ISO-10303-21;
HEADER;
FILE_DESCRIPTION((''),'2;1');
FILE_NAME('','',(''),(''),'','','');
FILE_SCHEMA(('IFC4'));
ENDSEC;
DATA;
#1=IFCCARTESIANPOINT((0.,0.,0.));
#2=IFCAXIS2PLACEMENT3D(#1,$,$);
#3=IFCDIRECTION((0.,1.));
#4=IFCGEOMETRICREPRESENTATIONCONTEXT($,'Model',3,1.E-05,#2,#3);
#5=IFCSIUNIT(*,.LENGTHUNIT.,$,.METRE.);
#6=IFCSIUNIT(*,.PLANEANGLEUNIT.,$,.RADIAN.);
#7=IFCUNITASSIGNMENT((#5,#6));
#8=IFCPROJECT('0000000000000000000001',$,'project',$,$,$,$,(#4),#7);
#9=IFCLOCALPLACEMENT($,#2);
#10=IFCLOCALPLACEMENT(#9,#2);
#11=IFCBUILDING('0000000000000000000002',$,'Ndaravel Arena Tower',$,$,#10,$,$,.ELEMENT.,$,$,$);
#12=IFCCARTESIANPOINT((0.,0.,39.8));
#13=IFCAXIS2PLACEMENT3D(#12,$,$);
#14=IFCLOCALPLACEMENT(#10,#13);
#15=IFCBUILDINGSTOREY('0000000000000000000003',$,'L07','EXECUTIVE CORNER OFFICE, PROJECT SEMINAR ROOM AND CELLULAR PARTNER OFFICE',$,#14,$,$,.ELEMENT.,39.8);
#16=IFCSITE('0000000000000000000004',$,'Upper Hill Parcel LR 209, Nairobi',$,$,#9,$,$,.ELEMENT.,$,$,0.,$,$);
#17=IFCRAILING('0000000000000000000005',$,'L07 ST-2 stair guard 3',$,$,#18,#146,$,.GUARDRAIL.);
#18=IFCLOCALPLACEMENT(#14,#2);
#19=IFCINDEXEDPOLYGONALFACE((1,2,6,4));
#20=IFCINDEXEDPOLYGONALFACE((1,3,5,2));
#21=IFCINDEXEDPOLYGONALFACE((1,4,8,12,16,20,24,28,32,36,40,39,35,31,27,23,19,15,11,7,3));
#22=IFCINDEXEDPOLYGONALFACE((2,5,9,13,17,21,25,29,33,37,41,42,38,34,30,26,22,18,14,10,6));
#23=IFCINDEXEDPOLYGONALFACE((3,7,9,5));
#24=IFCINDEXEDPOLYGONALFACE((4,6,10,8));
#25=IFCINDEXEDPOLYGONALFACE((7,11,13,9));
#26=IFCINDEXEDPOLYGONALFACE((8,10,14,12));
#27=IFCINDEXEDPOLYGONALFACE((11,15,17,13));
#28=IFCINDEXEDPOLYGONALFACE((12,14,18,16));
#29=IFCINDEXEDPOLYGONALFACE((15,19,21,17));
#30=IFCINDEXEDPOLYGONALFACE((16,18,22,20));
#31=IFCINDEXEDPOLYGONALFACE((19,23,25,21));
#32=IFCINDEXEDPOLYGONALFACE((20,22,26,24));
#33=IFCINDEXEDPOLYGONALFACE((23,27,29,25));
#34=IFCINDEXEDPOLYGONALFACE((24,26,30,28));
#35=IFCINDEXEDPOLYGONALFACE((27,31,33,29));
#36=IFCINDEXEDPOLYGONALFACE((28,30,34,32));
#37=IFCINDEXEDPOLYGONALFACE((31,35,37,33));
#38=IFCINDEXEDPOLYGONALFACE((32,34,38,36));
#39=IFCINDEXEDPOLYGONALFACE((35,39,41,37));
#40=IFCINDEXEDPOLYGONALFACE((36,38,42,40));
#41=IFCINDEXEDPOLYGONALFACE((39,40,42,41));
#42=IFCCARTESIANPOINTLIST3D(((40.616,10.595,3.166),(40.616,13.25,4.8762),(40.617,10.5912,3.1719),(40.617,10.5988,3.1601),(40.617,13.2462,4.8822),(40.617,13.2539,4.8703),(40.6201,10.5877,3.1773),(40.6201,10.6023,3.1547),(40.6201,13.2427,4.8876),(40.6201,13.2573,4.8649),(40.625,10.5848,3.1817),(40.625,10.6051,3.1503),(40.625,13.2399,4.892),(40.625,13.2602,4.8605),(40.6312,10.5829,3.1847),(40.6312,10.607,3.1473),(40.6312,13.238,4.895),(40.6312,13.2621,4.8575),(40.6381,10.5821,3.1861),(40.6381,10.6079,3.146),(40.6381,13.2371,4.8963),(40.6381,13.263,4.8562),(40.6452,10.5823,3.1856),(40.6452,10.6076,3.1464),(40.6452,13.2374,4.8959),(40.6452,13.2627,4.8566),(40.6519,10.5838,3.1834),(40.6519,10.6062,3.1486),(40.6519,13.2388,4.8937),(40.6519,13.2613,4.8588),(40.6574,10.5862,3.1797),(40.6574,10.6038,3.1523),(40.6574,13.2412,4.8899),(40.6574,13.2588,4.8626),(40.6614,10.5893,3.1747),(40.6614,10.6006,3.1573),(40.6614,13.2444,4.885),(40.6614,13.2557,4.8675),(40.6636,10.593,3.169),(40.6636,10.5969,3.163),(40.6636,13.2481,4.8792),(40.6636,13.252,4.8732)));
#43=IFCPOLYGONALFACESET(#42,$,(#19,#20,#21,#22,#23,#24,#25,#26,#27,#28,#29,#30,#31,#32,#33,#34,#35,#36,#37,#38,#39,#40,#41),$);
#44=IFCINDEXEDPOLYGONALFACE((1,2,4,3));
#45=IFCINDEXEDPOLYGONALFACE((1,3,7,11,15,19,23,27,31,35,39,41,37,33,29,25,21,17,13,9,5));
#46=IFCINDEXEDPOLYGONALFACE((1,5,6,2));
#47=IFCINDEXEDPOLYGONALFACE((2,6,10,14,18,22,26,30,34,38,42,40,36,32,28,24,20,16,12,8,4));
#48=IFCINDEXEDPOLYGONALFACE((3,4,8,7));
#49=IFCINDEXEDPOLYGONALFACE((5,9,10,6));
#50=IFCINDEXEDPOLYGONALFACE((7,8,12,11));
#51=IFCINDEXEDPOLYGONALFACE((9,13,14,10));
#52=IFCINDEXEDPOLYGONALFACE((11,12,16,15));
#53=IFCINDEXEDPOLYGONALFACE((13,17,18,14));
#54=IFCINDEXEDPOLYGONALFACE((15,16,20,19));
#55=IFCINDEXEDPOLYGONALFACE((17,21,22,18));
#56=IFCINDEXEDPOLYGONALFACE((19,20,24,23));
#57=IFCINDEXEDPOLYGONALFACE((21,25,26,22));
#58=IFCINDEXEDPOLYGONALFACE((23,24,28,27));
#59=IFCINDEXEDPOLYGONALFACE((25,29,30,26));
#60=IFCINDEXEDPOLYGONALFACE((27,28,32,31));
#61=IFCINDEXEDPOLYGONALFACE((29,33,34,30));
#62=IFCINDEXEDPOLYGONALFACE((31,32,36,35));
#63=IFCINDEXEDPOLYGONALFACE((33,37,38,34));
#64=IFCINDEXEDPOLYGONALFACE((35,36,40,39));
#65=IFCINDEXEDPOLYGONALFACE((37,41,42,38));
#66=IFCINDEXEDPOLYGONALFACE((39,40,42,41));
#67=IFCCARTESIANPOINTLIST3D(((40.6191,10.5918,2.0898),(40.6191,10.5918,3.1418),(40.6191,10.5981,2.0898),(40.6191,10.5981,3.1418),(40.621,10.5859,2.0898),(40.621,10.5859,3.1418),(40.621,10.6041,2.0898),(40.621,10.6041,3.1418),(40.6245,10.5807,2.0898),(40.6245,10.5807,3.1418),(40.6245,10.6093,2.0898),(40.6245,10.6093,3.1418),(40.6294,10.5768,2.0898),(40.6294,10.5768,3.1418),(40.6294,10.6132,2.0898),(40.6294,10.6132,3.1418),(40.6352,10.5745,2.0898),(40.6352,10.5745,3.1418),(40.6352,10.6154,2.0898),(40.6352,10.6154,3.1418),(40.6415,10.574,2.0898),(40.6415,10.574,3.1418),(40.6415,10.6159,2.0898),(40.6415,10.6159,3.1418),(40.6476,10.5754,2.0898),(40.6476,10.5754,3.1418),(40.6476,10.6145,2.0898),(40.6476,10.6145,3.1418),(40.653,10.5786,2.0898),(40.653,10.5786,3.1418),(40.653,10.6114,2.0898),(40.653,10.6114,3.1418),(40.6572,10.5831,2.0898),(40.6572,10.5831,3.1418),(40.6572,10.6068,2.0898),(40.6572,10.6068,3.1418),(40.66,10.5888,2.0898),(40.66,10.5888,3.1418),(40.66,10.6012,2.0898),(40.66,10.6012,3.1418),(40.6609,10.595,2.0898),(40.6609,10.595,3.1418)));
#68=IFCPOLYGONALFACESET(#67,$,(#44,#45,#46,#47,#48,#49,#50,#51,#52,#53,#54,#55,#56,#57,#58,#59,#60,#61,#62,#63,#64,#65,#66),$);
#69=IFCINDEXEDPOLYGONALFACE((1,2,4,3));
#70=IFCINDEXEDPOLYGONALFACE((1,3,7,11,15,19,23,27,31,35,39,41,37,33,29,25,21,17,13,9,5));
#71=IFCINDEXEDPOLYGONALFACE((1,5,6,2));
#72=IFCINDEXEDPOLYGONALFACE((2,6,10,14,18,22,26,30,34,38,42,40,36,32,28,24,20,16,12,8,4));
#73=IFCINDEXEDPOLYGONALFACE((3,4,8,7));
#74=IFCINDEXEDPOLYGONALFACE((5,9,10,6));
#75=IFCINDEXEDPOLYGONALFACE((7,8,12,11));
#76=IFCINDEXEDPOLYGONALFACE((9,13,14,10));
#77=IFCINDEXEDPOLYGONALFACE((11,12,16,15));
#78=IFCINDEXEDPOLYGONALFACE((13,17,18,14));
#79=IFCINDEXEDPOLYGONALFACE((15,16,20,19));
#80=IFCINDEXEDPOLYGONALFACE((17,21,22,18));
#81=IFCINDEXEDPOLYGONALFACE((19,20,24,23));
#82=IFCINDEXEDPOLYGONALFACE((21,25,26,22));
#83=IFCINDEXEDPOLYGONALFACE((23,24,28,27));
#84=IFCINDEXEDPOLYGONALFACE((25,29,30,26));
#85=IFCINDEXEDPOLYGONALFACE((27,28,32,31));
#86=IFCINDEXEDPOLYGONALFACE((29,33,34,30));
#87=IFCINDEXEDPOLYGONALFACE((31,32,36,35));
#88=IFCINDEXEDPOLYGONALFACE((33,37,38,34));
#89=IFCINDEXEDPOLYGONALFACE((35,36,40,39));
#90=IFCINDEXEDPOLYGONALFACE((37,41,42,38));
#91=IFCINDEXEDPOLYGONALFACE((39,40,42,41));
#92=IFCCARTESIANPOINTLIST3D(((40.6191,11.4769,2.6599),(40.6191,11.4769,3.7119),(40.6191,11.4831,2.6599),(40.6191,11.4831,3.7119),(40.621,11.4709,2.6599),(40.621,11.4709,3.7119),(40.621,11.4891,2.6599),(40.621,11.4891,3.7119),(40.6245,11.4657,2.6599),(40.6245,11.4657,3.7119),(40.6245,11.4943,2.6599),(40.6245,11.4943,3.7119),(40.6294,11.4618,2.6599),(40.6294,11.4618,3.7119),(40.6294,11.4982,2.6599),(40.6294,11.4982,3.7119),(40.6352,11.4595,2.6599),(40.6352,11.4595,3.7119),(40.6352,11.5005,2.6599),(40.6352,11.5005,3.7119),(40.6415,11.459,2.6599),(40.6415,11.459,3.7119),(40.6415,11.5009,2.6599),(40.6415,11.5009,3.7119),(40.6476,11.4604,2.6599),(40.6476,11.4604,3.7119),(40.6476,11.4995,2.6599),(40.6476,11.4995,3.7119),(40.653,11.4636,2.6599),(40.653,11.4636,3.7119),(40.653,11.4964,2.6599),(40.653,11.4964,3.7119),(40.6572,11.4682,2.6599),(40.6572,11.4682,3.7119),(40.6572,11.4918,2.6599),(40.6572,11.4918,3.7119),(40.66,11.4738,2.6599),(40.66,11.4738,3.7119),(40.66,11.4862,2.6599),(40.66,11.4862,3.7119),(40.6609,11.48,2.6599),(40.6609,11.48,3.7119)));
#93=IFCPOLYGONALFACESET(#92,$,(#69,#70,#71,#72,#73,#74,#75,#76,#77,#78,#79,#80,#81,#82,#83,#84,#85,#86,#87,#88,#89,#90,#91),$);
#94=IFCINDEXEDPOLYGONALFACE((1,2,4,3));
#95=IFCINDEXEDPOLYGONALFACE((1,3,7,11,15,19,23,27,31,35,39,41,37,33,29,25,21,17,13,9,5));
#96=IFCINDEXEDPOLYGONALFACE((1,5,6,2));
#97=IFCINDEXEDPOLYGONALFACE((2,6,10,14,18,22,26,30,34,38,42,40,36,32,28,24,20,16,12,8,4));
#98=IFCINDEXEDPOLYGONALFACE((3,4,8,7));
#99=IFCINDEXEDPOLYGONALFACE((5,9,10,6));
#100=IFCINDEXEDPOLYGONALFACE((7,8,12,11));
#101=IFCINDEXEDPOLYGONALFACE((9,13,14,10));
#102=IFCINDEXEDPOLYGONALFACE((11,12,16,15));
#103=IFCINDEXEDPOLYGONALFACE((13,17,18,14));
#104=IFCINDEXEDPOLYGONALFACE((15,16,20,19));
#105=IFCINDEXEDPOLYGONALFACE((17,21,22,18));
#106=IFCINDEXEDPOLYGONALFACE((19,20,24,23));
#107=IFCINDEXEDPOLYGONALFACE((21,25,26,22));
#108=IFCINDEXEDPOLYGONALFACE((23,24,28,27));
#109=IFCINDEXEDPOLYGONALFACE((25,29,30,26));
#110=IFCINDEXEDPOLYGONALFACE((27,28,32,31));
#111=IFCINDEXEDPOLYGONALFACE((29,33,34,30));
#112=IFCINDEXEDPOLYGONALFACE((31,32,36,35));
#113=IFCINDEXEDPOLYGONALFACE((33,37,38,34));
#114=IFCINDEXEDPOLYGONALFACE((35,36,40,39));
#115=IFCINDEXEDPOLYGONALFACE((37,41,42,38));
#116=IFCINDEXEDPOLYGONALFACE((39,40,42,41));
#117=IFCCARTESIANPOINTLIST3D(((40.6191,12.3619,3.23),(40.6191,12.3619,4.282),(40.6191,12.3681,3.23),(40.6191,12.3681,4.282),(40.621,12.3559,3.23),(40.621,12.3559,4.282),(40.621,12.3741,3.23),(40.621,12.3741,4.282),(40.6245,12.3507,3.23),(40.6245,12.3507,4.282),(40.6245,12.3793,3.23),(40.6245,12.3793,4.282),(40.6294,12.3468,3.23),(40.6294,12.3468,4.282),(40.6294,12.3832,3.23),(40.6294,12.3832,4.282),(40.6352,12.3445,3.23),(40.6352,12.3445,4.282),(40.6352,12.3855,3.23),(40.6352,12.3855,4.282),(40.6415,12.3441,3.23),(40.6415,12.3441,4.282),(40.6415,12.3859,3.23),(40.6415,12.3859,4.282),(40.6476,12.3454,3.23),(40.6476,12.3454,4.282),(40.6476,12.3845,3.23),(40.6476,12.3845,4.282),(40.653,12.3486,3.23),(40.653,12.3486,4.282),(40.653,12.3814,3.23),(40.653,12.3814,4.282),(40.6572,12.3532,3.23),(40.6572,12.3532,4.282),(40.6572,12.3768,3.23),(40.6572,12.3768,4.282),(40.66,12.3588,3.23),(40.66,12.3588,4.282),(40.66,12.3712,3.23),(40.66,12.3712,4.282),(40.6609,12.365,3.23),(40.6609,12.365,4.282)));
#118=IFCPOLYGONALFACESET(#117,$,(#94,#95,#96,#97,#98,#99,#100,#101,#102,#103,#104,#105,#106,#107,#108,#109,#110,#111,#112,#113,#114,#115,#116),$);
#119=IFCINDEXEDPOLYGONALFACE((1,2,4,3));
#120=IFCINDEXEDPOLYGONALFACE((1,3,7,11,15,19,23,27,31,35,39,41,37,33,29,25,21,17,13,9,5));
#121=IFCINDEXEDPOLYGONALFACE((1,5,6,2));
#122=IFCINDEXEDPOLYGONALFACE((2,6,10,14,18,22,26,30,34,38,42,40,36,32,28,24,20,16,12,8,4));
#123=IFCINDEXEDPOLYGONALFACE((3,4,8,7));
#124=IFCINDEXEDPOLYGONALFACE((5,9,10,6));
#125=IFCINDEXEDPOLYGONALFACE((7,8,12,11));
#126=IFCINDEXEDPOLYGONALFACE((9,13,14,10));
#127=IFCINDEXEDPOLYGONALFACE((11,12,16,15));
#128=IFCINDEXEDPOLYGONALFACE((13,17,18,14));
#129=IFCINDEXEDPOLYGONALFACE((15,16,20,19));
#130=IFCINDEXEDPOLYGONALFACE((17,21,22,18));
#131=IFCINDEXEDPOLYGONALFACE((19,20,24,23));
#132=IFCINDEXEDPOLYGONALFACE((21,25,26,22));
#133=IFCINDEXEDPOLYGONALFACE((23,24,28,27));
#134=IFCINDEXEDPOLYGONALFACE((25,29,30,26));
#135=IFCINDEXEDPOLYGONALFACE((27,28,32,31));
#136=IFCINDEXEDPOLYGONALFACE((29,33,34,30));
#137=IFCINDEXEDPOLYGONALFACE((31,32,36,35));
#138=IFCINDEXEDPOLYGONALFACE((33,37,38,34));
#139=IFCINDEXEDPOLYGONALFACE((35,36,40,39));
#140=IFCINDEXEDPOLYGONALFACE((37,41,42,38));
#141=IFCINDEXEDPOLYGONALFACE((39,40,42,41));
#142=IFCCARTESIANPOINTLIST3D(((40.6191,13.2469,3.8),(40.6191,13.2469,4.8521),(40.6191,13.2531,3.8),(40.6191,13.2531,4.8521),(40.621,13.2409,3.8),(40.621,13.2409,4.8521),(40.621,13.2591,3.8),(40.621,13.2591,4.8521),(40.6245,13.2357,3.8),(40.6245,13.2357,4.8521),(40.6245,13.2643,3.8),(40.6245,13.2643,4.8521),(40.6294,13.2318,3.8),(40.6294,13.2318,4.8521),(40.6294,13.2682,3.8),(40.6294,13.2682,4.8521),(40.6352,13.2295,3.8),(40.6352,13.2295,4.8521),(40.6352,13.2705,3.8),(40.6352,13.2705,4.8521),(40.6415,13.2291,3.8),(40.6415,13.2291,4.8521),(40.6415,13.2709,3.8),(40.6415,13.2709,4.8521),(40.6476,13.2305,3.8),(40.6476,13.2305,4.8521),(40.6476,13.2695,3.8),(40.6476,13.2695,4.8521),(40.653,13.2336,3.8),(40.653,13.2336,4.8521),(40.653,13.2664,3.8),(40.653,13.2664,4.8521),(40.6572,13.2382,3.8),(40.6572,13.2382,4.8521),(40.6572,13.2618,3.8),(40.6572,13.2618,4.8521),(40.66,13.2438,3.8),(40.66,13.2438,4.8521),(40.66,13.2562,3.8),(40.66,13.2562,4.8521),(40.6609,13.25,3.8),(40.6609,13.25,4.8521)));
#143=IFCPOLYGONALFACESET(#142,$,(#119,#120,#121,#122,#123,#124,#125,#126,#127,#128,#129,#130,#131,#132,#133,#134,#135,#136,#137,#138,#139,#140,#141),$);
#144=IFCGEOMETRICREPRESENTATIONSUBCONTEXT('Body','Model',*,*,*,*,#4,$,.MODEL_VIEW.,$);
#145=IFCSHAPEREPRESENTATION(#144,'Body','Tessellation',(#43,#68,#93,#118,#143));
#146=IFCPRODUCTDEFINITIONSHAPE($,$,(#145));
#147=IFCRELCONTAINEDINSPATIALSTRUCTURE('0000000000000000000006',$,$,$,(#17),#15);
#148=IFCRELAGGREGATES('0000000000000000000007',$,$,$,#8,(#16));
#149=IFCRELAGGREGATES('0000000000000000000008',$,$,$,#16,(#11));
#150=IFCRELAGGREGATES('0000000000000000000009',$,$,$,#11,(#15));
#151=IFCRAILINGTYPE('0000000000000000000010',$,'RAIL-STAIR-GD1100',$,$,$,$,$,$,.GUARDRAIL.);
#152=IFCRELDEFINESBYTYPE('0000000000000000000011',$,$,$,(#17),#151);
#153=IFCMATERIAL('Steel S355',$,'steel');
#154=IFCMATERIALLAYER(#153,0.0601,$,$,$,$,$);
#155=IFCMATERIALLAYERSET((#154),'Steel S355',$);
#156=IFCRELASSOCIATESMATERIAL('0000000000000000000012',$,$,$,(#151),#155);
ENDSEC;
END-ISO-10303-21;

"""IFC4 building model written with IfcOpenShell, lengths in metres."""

from ifc_helpers import new_model, si_unit, direction, frame, origin, origin_2d, place, context, subcontext, project, spatial, circle, extrude, material, layer, layer_set, type_object, element, save


model = new_model("IFC4")

# Units and contexts
model_context = context("Model", 3, precision=1e-05, world=origin(), true_north=direction((0.0, 1.0)))
body_context = subcontext(model_context, "Body", "Model", "MODEL_VIEW")
ifc_project = project(units=[si_unit("LENGTHUNIT", "METRE"), si_unit("PLANEANGLEUNIT", "RADIAN")], contexts=[model_context])

# Site, building, storey
site_placement = place(None, origin())
site = spatial("IfcSite", under=ifc_project, at=site_placement, Name="Upper Hill Parcel LR 209, Nairobi", CompositionType="ELEMENT", RefElevation=0.0)
building_placement = place(site_placement, origin())
building = spatial("IfcBuilding", under=site, at=building_placement, Name="Ndaravel Arena Tower", CompositionType="ELEMENT")
storey_placement = place(building_placement, frame((0.0, 0.0, 39.8)))
storey = spatial("IfcBuildingStorey", under=building, at=storey_placement, Name="L07", Description="EXECUTIVE CORNER OFFICE, PROJECT SEMINAR ROOM AND CELLULAR PARTNER OFFICE", CompositionType="ELEMENT", Elevation=39.8)

# Railing
ifc_material_1 = material(Name="Steel S355", Category="steel")
ifc_layer_1 = layer(ifc_material_1, 0.0601)
ifc_layer_set_1 = layer_set([ifc_layer_1], Name="Steel S355")
railing_type_1 = type_object("IfcRailingType", Name="RAIL-STAIR-GD1100", PredefinedType="GUARDRAIL", material=ifc_layer_set_1)
railing_1_placement = place(storey_placement, frame((40.6399, 10.595, 2.0898)))
element("IfcRailing", 1, at=railing_1_placement, inside=storey, type_object=railing_type_1, Name="L07 ST-2 stair guard 3", PredefinedType="GUARDRAIL", context=body_context, shape_type="SweptSolid", body=[
    extrude(circle(Radius=0.0239, at=origin_2d()), frame((0.0, 0.0, 1.0762), z_axis=(0.0, 0.840688, 0.541519), x_axis=(-1.0, 0.0, 0.0)), (0.0, 0.0, 1.0), 3.1582),
    extrude(circle(Radius=0.021, at=origin_2d()), origin(), (0.0, 0.0, 1.0), 1.052),
    extrude(circle(Radius=0.021, at=origin_2d()), frame((0.0, 0.885, 0.5701)), (0.0, 0.0, 1.0), 1.052),
    extrude(circle(Radius=0.021, at=origin_2d()), frame((0.0, 1.77, 1.1401)), (0.0, 0.0, 1.0), 1.052),
    extrude(circle(Radius=0.021, at=origin_2d()), frame((0.0, 2.655, 1.7102)), (0.0, 0.0, 1.0), 1.052),
])

save(model, "model.ifc")
